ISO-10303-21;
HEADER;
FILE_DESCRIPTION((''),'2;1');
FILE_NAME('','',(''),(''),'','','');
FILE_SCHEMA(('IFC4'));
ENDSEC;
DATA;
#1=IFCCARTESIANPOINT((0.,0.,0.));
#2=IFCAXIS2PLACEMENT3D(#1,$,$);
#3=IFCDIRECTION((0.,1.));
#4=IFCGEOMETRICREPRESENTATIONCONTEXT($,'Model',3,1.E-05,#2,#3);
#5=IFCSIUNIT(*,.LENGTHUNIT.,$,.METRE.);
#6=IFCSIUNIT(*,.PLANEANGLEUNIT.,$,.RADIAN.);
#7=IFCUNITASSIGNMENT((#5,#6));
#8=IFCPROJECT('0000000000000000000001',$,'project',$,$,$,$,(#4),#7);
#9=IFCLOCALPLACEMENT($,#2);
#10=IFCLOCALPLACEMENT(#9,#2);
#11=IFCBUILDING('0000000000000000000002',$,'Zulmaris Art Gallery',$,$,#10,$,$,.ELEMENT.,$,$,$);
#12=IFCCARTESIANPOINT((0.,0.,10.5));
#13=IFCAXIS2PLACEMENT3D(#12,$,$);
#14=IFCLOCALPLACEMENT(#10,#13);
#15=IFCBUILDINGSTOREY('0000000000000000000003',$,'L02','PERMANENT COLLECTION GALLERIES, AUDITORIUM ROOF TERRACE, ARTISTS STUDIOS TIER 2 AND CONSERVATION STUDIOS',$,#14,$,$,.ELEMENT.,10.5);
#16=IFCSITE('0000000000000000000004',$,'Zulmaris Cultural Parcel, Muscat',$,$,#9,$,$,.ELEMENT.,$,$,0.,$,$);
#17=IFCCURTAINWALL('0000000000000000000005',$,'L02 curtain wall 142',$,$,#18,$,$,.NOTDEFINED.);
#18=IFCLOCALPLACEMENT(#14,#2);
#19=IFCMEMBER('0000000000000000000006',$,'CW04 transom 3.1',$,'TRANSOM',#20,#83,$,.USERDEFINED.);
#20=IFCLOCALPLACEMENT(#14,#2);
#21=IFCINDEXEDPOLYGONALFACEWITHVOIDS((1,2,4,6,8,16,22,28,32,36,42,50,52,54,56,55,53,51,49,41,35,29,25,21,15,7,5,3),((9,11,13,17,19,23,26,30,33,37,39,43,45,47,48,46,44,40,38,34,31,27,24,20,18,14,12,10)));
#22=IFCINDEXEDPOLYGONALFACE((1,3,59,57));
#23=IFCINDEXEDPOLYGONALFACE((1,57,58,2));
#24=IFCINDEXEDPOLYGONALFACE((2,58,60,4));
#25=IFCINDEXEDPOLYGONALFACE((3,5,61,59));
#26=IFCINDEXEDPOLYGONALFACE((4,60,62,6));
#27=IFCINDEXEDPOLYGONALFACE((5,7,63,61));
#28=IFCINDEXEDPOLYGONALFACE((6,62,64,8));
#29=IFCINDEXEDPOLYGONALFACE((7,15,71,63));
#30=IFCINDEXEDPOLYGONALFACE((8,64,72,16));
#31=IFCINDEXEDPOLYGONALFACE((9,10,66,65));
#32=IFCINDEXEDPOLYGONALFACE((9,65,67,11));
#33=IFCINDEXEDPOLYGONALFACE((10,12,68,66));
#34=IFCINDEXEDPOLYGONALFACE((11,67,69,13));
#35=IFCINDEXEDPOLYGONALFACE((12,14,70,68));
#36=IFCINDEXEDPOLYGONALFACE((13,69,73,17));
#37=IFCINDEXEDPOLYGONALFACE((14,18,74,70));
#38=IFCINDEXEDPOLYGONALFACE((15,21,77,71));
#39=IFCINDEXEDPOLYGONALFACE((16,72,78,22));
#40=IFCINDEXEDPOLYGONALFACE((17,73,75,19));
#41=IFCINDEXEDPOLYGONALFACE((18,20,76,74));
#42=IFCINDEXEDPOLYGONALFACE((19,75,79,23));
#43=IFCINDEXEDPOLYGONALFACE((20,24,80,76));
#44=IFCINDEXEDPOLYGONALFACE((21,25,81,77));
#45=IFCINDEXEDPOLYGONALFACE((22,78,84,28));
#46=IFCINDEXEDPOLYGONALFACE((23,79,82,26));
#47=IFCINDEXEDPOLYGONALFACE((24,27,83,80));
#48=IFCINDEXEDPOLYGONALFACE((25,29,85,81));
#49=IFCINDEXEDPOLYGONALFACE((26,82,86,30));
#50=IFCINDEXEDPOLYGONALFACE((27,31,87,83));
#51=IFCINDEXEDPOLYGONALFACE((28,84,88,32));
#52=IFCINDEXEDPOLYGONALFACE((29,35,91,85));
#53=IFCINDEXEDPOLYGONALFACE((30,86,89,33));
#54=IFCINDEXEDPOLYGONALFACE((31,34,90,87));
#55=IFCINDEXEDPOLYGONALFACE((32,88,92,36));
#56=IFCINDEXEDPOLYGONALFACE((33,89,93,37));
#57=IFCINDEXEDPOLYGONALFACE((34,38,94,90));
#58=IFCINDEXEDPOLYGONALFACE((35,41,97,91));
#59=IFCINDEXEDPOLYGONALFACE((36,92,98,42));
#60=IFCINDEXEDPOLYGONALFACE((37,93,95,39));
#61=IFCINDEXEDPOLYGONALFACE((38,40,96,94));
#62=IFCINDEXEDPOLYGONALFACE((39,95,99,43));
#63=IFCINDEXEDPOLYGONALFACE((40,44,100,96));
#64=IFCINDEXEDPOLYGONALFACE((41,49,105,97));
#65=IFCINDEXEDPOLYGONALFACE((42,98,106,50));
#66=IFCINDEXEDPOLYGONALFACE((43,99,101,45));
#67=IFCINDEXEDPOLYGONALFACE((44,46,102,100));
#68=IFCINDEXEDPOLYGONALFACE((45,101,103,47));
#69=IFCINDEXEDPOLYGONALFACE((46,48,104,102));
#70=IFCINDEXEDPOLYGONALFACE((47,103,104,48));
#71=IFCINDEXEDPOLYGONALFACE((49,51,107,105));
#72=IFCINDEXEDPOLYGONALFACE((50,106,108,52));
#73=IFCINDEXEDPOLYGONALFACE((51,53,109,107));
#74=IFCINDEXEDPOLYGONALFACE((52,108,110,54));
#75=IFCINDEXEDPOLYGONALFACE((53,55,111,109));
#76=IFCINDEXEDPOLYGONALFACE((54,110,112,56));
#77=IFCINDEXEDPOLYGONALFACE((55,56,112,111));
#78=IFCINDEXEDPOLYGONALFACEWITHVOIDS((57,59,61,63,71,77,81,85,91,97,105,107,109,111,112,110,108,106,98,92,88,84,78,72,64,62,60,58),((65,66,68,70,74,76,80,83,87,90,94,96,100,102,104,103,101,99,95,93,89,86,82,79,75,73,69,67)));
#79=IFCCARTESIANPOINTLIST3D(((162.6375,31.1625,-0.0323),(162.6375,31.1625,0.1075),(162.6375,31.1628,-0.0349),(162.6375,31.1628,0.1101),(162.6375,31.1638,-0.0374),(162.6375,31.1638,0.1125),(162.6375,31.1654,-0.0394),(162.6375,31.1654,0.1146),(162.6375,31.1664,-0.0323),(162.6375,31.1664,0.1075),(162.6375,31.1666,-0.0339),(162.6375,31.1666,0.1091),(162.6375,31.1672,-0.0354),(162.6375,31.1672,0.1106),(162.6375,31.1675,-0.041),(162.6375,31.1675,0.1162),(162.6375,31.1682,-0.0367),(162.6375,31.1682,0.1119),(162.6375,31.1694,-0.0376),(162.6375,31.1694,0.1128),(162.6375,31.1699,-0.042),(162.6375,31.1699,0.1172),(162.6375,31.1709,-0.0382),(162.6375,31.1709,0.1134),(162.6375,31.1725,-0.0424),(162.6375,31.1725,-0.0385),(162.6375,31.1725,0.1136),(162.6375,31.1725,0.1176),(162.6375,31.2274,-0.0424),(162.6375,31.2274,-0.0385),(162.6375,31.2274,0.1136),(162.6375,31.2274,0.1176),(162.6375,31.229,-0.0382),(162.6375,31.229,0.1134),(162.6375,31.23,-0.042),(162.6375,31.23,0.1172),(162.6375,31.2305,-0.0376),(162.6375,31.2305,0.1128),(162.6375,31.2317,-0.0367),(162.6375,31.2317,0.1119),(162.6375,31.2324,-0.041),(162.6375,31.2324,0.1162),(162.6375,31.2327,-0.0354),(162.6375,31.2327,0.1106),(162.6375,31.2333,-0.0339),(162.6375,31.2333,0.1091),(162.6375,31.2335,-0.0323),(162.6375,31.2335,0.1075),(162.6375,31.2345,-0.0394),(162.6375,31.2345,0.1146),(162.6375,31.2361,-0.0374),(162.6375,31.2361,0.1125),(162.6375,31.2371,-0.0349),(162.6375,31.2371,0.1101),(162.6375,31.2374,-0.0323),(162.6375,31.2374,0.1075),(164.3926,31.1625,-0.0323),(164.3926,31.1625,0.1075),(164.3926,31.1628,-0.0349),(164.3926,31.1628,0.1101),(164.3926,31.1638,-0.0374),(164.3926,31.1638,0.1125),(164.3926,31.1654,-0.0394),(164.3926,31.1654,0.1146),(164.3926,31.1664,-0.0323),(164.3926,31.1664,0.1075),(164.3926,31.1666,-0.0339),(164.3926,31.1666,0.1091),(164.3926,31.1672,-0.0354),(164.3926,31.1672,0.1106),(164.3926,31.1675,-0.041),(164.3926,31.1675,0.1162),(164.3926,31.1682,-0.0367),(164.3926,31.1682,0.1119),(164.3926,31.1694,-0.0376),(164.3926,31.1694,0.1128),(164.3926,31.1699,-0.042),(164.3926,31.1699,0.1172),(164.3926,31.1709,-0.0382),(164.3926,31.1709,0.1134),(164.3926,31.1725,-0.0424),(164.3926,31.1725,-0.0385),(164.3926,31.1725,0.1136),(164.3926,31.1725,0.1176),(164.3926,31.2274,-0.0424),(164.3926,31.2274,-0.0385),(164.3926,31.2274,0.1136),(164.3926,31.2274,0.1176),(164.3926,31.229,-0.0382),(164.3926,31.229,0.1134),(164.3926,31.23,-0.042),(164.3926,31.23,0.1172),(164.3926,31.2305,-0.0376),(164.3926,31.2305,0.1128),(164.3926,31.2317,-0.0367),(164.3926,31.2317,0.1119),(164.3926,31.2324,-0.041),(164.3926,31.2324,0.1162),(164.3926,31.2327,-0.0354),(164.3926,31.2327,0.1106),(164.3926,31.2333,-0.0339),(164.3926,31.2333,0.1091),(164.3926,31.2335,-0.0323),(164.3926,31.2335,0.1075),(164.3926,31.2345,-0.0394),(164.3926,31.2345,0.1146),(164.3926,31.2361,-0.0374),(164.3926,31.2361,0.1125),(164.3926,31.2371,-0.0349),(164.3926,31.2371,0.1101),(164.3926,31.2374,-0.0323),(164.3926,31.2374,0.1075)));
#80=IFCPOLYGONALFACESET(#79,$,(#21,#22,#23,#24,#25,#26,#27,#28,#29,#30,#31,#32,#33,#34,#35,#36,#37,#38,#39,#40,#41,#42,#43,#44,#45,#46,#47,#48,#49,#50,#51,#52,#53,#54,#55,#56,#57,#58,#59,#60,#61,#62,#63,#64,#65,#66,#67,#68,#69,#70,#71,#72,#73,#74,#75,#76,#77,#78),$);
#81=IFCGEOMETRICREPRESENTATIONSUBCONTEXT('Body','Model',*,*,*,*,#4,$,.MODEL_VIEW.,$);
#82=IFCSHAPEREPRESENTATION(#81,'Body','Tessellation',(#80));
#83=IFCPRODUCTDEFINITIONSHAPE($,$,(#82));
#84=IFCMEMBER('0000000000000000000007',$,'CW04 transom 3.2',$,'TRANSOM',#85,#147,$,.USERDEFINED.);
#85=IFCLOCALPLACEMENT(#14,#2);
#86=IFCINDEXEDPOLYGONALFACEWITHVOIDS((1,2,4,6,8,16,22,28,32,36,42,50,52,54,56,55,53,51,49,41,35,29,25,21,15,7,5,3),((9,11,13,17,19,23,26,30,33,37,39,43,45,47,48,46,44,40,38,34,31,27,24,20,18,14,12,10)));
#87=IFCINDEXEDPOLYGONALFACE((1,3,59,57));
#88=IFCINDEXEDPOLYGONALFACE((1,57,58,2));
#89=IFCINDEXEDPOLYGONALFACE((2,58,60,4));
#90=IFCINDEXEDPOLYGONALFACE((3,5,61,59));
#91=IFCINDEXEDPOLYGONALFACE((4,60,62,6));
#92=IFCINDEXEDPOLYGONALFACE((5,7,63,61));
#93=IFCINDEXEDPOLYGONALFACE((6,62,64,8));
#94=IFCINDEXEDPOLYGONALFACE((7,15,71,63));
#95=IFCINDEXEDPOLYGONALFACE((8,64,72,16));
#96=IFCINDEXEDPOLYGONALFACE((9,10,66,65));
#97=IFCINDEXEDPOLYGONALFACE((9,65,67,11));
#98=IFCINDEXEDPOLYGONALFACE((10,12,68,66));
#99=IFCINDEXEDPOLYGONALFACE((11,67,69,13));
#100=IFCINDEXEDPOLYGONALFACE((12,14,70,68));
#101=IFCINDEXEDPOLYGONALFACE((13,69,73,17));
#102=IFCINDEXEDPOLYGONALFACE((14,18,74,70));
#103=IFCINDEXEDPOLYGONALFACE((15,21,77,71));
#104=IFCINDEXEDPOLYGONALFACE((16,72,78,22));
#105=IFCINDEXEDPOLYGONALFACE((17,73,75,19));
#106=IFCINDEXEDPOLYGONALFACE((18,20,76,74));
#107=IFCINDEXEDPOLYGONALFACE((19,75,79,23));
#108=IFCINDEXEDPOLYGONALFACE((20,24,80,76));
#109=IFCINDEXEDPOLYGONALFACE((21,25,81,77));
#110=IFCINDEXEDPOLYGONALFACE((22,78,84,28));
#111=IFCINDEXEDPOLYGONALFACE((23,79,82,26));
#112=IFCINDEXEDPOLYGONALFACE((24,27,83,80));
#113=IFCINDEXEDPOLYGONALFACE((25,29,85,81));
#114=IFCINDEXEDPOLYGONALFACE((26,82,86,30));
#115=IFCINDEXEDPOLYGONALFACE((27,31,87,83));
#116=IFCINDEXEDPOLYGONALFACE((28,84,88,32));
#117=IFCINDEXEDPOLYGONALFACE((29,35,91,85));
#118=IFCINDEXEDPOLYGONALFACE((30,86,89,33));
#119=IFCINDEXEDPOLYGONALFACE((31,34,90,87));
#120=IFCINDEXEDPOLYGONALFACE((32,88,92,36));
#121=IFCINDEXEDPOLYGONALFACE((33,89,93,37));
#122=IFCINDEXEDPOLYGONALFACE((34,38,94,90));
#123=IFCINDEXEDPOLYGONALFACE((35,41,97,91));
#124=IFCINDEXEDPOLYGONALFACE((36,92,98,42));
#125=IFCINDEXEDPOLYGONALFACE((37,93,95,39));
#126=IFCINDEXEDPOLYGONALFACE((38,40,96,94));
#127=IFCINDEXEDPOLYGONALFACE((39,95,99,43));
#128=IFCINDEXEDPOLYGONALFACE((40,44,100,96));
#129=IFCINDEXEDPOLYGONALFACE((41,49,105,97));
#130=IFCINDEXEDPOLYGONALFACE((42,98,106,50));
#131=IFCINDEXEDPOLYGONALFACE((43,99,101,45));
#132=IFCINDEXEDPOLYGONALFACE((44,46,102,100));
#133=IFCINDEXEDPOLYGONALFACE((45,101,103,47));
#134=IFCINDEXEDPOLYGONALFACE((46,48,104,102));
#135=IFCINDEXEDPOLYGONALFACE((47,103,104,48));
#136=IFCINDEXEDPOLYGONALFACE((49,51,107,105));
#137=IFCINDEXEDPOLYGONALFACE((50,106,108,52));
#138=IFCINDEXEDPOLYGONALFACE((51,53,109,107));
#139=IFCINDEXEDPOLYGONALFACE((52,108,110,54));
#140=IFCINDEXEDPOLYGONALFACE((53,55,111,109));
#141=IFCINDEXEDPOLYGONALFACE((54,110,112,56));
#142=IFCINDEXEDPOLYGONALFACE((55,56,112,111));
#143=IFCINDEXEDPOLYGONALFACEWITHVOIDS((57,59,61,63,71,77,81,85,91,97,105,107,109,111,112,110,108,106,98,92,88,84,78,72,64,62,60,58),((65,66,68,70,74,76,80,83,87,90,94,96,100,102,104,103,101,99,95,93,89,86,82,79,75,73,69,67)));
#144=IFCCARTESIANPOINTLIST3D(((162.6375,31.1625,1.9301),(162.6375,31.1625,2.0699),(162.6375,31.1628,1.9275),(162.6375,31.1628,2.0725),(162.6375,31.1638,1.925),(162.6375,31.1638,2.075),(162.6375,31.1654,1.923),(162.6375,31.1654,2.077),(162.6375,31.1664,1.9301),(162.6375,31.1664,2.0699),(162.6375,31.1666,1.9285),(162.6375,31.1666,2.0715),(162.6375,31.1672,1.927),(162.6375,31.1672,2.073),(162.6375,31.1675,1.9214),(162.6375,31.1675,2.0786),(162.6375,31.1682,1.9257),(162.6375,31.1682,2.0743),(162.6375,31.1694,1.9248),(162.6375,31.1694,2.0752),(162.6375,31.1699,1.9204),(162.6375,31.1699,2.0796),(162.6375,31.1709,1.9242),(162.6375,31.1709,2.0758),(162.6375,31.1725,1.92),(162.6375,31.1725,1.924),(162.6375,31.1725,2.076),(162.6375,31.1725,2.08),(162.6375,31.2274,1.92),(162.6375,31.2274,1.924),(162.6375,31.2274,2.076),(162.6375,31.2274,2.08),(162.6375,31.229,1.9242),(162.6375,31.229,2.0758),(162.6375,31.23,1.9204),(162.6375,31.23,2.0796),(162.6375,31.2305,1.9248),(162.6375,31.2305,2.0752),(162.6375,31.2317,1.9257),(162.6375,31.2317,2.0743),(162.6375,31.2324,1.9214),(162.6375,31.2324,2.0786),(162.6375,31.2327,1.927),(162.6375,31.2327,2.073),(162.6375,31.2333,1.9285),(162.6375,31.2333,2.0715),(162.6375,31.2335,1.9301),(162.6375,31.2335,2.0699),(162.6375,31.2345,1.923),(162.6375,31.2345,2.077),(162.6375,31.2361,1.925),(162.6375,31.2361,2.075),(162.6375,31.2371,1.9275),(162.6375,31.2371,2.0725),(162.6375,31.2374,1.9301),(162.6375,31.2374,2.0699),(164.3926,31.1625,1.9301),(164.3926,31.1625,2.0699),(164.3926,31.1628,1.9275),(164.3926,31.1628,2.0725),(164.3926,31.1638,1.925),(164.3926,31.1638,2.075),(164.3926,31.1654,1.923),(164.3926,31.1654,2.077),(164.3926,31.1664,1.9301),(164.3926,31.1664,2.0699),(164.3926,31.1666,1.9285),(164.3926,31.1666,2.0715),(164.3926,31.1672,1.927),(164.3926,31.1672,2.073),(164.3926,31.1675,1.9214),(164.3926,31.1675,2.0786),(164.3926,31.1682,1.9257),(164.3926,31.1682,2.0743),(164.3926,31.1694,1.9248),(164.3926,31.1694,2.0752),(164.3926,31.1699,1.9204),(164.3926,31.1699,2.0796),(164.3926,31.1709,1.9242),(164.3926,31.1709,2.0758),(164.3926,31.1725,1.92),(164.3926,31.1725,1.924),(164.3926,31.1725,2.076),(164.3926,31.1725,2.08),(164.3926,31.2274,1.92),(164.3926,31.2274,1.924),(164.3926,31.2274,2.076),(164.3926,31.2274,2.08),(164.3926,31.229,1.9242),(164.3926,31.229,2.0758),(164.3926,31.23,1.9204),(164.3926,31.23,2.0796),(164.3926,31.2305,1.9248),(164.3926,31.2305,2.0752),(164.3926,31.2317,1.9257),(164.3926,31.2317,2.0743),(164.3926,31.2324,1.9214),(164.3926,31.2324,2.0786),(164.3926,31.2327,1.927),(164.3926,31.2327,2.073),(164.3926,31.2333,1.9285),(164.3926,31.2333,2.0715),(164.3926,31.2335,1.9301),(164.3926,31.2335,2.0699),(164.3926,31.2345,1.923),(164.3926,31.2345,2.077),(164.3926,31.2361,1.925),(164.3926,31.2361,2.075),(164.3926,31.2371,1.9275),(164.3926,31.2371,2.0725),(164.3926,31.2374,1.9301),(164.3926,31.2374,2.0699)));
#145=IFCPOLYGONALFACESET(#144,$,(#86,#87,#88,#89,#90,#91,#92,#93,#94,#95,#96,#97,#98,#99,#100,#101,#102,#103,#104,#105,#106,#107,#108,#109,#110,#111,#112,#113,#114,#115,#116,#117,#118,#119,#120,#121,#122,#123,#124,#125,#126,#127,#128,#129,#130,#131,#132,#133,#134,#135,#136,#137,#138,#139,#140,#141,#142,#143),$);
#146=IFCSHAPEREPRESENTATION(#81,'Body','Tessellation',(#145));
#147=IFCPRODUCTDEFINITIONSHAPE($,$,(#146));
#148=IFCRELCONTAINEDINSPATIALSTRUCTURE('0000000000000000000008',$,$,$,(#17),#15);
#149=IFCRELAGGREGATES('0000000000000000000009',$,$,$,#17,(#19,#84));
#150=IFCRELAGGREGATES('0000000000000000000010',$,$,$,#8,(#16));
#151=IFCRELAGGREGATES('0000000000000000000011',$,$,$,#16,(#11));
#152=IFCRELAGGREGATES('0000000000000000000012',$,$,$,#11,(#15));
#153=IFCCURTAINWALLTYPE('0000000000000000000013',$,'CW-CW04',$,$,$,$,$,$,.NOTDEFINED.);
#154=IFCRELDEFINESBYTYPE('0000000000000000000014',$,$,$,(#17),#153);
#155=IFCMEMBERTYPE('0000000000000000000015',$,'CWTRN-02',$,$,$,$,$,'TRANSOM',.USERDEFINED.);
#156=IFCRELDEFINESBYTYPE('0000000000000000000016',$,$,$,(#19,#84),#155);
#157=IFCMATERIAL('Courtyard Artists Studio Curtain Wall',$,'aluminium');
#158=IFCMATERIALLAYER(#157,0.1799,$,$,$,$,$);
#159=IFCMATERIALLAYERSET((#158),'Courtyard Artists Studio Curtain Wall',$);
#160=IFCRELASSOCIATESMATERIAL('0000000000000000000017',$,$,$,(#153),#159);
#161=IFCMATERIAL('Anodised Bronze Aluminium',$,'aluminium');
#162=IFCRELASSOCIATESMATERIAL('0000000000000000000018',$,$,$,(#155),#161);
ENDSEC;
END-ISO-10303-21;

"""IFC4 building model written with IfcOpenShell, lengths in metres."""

from ifc_helpers import new_model, si_unit, direction, frame, origin, origin_2d, place, context, subcontext, project, spatial, hollow_rectangle, extrude, material, layer, layer_set, material_profile, profile_set, type_object, element, aggregate, save


model = new_model("IFC4")

# Units and contexts
model_context = context("Model", 3, precision=1e-05, world=origin(), true_north=direction((0.0, 1.0)))
body_context = subcontext(model_context, "Body", "Model", "MODEL_VIEW")
ifc_project = project(units=[si_unit("LENGTHUNIT", "METRE"), si_unit("PLANEANGLEUNIT", "RADIAN")], contexts=[model_context])

# Site, building, storey
site_placement = place(None, origin())
site = spatial("IfcSite", under=ifc_project, at=site_placement, Name="Zulmaris Cultural Parcel, Muscat", CompositionType="ELEMENT", RefElevation=0.0)
building_placement = place(site_placement, origin())
building = spatial("IfcBuilding", under=site, at=building_placement, Name="Zulmaris Art Gallery", CompositionType="ELEMENT")
storey_placement = place(building_placement, frame((0.0, 0.0, 10.5)))
storey = spatial("IfcBuildingStorey", under=building, at=storey_placement, Name="L02", Description="PERMANENT COLLECTION GALLERIES, AUDITORIUM ROOF TERRACE, ARTISTS STUDIOS TIER 2 AND CONSERVATION STUDIOS", CompositionType="ELEMENT", Elevation=10.5)

# Curtain wall, members
ifc_material_1 = material(Name="Courtyard Artists Studio Curtain Wall", Category="aluminium")
ifc_layer_1 = layer(ifc_material_1, 0.1799)
ifc_layer_set_1 = layer_set([ifc_layer_1], Name="Courtyard Artists Studio Curtain Wall")
curtain_wall_type = type_object("IfcCurtainWallType", Name="CW-CW04", PredefinedType="NOTDEFINED", material=ifc_layer_set_1)
curtain_wall_placement = place(storey_placement, origin())
curtain_wall = element("IfcCurtainWall", 1, at=curtain_wall_placement, inside=storey, type_object=curtain_wall_type, Name="L02 curtain wall 142", PredefinedType="NOTDEFINED")
ifc_material_2 = material(Name="Anodised Bronze Aluminium", Category="aluminium")
ifc_material_profile_1 = material_profile(ifc_material_2, hollow_rectangle(XDim=0.075, YDim=0.1599, WallThickness=0.0039, InnerFilletRadius=0.0061, OuterFilletRadius=0.01, at=origin_2d()), Name="ALU 75x160x4")
ifc_profile_set_1 = profile_set([ifc_material_profile_1], Name="Anodised Bronze Aluminium")
member_type_1 = type_object("IfcMemberType", Name="CWTRN-02", ElementType="TRANSOM", PredefinedType="USERDEFINED", material=ifc_profile_set_1)
member_1_placement = place(storey_placement, frame((162.6375, 31.2, 0.0376), z_axis=(1.0, 0.0, 0.0), x_axis=(0.0, 1.0, 0.0)))
member_1 = element("IfcMember", 2, at=member_1_placement, type_object=member_type_1, Name="CW04 transom 3.1", ObjectType="TRANSOM", PredefinedType="USERDEFINED", context=body_context, shape_type="SweptSolid", body=[
    extrude(hollow_rectangle(XDim=0.075, YDim=0.1599, WallThickness=0.0039, InnerFilletRadius=0.0061, OuterFilletRadius=0.01, at=origin_2d()), origin(), (0.0, 0.0, 1.0), 1.7551),
])
member_2_placement = place(storey_placement, frame((162.6375, 31.2, 2.0), z_axis=(1.0, 0.0, 0.0), x_axis=(0.0, 1.0, 0.0)))
member_2 = element("IfcMember", 3, at=member_2_placement, type_object=member_type_1, Name="CW04 transom 3.2", ObjectType="TRANSOM", PredefinedType="USERDEFINED", context=body_context, shape_type="SweptSolid", body=[
    extrude(hollow_rectangle(XDim=0.075, YDim=0.1599, WallThickness=0.0039, InnerFilletRadius=0.0061, OuterFilletRadius=0.01, at=origin_2d()), origin(), (0.0, 0.0, 1.0), 1.7551),
])
aggregate(curtain_wall, [member_1, member_2])

save(model, "model.ifc")
